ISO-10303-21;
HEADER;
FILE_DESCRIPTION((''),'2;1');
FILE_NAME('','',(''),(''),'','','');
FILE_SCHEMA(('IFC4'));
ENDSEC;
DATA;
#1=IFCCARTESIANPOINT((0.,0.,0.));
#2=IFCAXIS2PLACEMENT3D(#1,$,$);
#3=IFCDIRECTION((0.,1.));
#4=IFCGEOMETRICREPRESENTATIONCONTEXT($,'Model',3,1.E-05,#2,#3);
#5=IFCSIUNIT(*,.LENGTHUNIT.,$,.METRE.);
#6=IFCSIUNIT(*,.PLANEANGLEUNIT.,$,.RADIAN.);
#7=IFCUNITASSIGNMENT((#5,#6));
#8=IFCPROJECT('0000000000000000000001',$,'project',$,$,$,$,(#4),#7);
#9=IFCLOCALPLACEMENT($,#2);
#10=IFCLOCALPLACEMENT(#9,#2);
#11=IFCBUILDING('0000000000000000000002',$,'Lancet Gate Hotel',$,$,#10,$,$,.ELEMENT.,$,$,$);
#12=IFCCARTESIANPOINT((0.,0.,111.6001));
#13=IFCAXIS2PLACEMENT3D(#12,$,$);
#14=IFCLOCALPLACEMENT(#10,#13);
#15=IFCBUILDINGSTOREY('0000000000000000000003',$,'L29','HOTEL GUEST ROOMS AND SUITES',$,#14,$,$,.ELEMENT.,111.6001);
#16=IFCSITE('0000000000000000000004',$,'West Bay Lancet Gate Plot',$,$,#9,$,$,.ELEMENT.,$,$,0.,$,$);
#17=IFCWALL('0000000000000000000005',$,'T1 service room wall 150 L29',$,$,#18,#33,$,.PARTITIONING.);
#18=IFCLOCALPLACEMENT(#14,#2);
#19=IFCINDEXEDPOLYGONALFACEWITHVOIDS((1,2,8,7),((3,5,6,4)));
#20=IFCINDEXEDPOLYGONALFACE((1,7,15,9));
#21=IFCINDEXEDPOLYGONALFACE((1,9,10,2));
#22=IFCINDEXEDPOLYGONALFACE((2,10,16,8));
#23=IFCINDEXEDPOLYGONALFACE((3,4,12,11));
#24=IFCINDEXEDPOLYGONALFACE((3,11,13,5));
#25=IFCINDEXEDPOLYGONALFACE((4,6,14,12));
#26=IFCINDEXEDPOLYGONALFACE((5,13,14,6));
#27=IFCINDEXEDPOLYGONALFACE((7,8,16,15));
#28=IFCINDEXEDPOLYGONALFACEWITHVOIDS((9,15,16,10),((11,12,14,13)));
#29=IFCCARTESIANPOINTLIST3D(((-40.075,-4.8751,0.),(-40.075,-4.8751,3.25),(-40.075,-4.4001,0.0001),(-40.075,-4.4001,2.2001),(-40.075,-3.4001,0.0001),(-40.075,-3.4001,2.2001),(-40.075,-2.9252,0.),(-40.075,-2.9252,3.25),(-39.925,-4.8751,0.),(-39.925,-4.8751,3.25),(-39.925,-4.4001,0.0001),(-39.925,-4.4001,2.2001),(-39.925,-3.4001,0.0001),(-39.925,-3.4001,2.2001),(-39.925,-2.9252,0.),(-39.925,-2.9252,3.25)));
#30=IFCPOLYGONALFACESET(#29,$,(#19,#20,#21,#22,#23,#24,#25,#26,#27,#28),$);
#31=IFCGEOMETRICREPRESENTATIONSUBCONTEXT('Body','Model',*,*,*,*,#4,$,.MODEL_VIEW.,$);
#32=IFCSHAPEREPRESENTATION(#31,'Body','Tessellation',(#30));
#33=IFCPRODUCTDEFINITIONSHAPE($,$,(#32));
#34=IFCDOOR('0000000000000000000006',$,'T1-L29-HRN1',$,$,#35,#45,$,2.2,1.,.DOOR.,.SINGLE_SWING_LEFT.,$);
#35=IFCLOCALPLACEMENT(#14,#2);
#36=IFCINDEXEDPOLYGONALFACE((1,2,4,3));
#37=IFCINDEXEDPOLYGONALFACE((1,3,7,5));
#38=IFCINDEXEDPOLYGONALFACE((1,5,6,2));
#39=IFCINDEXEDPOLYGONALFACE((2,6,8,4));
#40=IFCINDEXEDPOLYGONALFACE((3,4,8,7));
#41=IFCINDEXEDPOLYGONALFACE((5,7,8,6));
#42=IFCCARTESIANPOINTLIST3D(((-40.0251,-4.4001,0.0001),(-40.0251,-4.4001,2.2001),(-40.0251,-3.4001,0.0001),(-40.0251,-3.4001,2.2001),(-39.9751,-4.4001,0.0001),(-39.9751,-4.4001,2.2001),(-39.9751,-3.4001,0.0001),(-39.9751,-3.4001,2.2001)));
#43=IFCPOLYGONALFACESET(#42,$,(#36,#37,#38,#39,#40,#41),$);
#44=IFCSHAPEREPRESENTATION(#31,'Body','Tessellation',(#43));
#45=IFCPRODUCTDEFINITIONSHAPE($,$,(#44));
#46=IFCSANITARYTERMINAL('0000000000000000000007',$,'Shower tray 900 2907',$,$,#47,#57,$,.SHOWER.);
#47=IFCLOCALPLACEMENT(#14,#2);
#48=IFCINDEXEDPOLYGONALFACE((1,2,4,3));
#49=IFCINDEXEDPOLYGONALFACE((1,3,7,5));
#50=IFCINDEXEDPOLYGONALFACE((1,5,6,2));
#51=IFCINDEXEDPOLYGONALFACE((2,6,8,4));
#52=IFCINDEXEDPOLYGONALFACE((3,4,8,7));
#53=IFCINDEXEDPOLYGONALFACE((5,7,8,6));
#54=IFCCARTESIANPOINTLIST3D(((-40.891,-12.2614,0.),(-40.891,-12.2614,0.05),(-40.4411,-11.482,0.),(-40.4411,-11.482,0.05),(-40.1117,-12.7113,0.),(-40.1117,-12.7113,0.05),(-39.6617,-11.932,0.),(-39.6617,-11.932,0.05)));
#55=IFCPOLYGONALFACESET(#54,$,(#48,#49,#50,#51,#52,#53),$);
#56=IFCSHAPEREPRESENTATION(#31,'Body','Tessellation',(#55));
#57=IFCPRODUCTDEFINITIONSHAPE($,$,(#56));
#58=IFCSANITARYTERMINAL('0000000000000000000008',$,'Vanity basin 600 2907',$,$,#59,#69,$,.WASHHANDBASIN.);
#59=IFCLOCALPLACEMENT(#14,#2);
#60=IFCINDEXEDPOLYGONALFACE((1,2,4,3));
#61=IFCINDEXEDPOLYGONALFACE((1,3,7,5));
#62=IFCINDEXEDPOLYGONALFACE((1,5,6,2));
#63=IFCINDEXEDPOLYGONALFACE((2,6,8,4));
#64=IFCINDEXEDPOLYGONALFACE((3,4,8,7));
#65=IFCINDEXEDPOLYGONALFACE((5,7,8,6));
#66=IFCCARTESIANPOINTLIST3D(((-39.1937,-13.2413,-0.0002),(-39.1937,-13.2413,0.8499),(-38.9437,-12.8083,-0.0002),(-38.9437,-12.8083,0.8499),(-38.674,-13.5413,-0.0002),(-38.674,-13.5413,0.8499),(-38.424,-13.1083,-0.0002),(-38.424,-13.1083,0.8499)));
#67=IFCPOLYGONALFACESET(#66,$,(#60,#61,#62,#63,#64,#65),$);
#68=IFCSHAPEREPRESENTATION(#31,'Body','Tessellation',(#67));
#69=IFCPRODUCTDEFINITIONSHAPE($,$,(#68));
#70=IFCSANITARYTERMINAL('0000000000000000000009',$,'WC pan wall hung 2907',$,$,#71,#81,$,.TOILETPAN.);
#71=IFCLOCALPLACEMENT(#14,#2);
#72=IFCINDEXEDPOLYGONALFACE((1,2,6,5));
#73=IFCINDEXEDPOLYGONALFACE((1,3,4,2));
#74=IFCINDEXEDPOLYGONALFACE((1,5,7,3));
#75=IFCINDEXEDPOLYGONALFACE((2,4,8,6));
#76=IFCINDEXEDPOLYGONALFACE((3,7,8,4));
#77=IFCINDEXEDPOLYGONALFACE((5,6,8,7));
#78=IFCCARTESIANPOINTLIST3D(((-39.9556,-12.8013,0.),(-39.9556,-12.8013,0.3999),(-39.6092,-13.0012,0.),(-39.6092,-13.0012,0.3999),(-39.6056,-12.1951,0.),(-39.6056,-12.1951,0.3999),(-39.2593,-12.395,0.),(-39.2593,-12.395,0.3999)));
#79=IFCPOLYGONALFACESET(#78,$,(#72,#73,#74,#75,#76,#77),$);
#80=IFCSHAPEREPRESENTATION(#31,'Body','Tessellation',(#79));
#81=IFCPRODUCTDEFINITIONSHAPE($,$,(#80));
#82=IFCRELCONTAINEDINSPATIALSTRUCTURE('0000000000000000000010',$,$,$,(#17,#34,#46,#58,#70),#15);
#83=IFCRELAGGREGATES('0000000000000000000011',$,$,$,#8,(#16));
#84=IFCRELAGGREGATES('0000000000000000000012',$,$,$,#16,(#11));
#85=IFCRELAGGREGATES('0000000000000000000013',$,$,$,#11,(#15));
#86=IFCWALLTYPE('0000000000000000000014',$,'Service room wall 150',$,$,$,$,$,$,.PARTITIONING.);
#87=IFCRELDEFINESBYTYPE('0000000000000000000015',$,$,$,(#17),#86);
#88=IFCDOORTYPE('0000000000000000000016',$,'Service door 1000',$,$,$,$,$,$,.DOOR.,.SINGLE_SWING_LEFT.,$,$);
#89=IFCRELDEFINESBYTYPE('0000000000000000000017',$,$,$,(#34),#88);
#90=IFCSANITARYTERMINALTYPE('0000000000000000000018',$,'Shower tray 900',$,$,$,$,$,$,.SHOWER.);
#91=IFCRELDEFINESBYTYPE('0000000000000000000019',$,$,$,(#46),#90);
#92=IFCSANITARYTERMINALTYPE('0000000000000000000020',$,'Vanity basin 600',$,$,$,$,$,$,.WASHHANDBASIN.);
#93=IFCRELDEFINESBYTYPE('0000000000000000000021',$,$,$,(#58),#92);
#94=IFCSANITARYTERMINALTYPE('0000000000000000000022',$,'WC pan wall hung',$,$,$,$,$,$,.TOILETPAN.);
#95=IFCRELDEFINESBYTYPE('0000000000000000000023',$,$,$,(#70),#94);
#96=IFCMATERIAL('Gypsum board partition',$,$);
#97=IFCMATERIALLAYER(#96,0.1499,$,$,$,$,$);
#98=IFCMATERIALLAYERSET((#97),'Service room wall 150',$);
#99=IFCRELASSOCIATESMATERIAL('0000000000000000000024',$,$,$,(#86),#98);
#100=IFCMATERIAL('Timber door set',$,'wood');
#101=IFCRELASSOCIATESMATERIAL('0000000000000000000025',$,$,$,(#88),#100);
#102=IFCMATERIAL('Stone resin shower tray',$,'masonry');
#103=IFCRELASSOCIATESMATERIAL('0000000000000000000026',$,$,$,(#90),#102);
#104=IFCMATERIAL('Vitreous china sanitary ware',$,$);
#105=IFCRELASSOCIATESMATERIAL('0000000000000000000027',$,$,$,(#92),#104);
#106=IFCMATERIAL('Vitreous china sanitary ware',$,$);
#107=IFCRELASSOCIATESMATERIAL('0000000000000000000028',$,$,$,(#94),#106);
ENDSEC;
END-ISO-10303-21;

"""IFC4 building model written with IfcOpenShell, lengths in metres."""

from ifc_helpers import new_model, si_unit, direction, frame, frame_2d, origin, origin_2d, place, context, subcontext, project, spatial, rectangle, extrude, material, layer, layer_set, type_object, element, fill, save


model = new_model("IFC4")

# Units and contexts
model_context = context("Model", 3, precision=1e-05, world=origin(), true_north=direction((0.0, 1.0)))
body_context = subcontext(model_context, "Body", "Model", "MODEL_VIEW")
ifc_project = project(units=[si_unit("LENGTHUNIT", "METRE"), si_unit("PLANEANGLEUNIT", "RADIAN")], contexts=[model_context])

# Site, building, storey
site_placement = place(None, origin())
site = spatial("IfcSite", under=ifc_project, at=site_placement, Name="West Bay Lancet Gate Plot", CompositionType="ELEMENT", RefElevation=0.0)
building_placement = place(site_placement, origin())
building = spatial("IfcBuilding", under=site, at=building_placement, Name="Lancet Gate Hotel", CompositionType="ELEMENT")
storey_placement = place(building_placement, frame((0.0, 0.0, 111.6001)))
storey = spatial("IfcBuildingStorey", under=building, at=storey_placement, Name="L29", Description="HOTEL GUEST ROOMS AND SUITES", CompositionType="ELEMENT", Elevation=111.6001)

# Wall, opening, door
ifc_material_1 = material(Name="Gypsum board partition")
ifc_layer_1 = layer(ifc_material_1, 0.1499)
ifc_layer_set_1 = layer_set([ifc_layer_1], Name="Service room wall 150")
wall_type_1 = type_object("IfcWallType", Name="Service room wall 150", PredefinedType="PARTITIONING", material=ifc_layer_set_1)
ifc_material_2 = material(Name="Timber door set", Category="wood")
door_type_1 = type_object("IfcDoorType", Name="Service door 1000", OperationType="SINGLE_SWING_LEFT", PredefinedType="DOOR", material=ifc_material_2)
wall_1_placement = place(storey_placement, frame((-40.0, -2.925, 0.0), z_axis=(0.0, 0.0, 1.0), x_axis=(0.0, -1.0, 0.0)))
wall_1 = element("IfcWall", 1, at=wall_1_placement, inside=storey, type_object=wall_type_1, Name="T1 service room wall 150 L29", PredefinedType="PARTITIONING", context=body_context, shape_type="SweptSolid", body=[
    extrude(rectangle(XDim=1.95, YDim=0.1499, at=frame_2d((0.9751, 0.0))), origin(), (0.0, 0.0, 1.0), 3.25),
])
opening_1_placement = place(wall_1_placement, frame((0.4751, 0.0, 0.0)))
opening_1 = element("IfcOpeningElement", 2, at=opening_1_placement, cuts=wall_1, PredefinedType="OPENING", context=body_context, shape_type="SweptSolid", body=[
    extrude(rectangle(XDim=1.0, YDim=2.2, at=frame_2d((0.5, 1.1001))), frame((0.0, 0.085, 0.0), z_axis=(0.0, -1.0, 0.0), x_axis=(1.0, 0.0, 0.0)), (0.0, 0.0, 1.0), 0.1699),
])
door_1_placement = place(opening_1_placement, origin())
door_1 = element("IfcDoor", 3, at=door_1_placement, inside=storey, type_object=door_type_1, Name="T1-L29-HRN1", OperationType="SINGLE_SWING_LEFT", OverallHeight=2.2, OverallWidth=1.0, PredefinedType="DOOR", context=body_context, shape_type="SweptSolid", body=[
    extrude(rectangle(XDim=1.0, YDim=2.2, at=frame_2d((0.5, 1.1001))), frame((0.0, 0.0249, 0.0), z_axis=(0.0, -1.0, 0.0), x_axis=(1.0, 0.0, 0.0)), (0.0, 0.0, 1.0), 0.05),
])
fill(opening_1, door_1)

# Sanitary terminals
ifc_material_3 = material(Name="Stone resin shower tray", Category="masonry")
sanitary_terminal_type_1 = type_object("IfcSanitaryTerminalType", Name="Shower tray 900", PredefinedType="SHOWER", material=ifc_material_3)
sanitary_terminal_1_placement = place(storey_placement, frame((-40.2764, -12.0967, 0.0), z_axis=(0.0, 0.0, 1.0), x_axis=(-0.866025, 0.5, 0.0)))
element("IfcSanitaryTerminal", 4, at=sanitary_terminal_1_placement, inside=storey, type_object=sanitary_terminal_type_1, Name="Shower tray 900 2907", PredefinedType="SHOWER", context=body_context, shape_type="SweptSolid", body=[
    extrude(rectangle(XDim=0.8999, YDim=0.8999, at=origin_2d()), origin(), (0.0, 0.0, 1.0), 0.05),
])
ifc_material_4 = material(Name="Vitreous china sanitary ware")
sanitary_terminal_type_2 = type_object("IfcSanitaryTerminalType", Name="Vanity basin 600", PredefinedType="WASHHANDBASIN", material=ifc_material_4)
sanitary_terminal_2_placement = place(storey_placement, frame((-38.8088, -13.1748, -0.0002), z_axis=(0.0, 0.0, 1.0), x_axis=(-0.866025, 0.5, 0.0)))
element("IfcSanitaryTerminal", 5, at=sanitary_terminal_2_placement, inside=storey, type_object=sanitary_terminal_type_2, Name="Vanity basin 600 2907", PredefinedType="WASHHANDBASIN", context=body_context, shape_type="SweptSolid", body=[
    extrude(rectangle(XDim=0.6001, YDim=0.5, at=origin_2d()), origin(), (0.0, 0.0, 1.0), 0.8501),
])
ifc_material_5 = material(Name="Vitreous china sanitary ware")
sanitary_terminal_type_3 = type_object("IfcSanitaryTerminalType", Name="WC pan wall hung", PredefinedType="TOILETPAN", material=ifc_material_5)
sanitary_terminal_3_placement = place(storey_placement, frame((-39.6074, -12.5981, 0.0), z_axis=(0.0, 0.0, 1.0), x_axis=(-0.866025, 0.5, 0.0)))
element("IfcSanitaryTerminal", 6, at=sanitary_terminal_3_placement, inside=storey, type_object=sanitary_terminal_type_3, Name="WC pan wall hung 2907", PredefinedType="TOILETPAN", context=body_context, shape_type="SweptSolid", body=[
    extrude(rectangle(XDim=0.3999, YDim=0.7, at=origin_2d()), origin(), (0.0, 0.0, 1.0), 0.3999),
])

save(model, "model.ifc")
